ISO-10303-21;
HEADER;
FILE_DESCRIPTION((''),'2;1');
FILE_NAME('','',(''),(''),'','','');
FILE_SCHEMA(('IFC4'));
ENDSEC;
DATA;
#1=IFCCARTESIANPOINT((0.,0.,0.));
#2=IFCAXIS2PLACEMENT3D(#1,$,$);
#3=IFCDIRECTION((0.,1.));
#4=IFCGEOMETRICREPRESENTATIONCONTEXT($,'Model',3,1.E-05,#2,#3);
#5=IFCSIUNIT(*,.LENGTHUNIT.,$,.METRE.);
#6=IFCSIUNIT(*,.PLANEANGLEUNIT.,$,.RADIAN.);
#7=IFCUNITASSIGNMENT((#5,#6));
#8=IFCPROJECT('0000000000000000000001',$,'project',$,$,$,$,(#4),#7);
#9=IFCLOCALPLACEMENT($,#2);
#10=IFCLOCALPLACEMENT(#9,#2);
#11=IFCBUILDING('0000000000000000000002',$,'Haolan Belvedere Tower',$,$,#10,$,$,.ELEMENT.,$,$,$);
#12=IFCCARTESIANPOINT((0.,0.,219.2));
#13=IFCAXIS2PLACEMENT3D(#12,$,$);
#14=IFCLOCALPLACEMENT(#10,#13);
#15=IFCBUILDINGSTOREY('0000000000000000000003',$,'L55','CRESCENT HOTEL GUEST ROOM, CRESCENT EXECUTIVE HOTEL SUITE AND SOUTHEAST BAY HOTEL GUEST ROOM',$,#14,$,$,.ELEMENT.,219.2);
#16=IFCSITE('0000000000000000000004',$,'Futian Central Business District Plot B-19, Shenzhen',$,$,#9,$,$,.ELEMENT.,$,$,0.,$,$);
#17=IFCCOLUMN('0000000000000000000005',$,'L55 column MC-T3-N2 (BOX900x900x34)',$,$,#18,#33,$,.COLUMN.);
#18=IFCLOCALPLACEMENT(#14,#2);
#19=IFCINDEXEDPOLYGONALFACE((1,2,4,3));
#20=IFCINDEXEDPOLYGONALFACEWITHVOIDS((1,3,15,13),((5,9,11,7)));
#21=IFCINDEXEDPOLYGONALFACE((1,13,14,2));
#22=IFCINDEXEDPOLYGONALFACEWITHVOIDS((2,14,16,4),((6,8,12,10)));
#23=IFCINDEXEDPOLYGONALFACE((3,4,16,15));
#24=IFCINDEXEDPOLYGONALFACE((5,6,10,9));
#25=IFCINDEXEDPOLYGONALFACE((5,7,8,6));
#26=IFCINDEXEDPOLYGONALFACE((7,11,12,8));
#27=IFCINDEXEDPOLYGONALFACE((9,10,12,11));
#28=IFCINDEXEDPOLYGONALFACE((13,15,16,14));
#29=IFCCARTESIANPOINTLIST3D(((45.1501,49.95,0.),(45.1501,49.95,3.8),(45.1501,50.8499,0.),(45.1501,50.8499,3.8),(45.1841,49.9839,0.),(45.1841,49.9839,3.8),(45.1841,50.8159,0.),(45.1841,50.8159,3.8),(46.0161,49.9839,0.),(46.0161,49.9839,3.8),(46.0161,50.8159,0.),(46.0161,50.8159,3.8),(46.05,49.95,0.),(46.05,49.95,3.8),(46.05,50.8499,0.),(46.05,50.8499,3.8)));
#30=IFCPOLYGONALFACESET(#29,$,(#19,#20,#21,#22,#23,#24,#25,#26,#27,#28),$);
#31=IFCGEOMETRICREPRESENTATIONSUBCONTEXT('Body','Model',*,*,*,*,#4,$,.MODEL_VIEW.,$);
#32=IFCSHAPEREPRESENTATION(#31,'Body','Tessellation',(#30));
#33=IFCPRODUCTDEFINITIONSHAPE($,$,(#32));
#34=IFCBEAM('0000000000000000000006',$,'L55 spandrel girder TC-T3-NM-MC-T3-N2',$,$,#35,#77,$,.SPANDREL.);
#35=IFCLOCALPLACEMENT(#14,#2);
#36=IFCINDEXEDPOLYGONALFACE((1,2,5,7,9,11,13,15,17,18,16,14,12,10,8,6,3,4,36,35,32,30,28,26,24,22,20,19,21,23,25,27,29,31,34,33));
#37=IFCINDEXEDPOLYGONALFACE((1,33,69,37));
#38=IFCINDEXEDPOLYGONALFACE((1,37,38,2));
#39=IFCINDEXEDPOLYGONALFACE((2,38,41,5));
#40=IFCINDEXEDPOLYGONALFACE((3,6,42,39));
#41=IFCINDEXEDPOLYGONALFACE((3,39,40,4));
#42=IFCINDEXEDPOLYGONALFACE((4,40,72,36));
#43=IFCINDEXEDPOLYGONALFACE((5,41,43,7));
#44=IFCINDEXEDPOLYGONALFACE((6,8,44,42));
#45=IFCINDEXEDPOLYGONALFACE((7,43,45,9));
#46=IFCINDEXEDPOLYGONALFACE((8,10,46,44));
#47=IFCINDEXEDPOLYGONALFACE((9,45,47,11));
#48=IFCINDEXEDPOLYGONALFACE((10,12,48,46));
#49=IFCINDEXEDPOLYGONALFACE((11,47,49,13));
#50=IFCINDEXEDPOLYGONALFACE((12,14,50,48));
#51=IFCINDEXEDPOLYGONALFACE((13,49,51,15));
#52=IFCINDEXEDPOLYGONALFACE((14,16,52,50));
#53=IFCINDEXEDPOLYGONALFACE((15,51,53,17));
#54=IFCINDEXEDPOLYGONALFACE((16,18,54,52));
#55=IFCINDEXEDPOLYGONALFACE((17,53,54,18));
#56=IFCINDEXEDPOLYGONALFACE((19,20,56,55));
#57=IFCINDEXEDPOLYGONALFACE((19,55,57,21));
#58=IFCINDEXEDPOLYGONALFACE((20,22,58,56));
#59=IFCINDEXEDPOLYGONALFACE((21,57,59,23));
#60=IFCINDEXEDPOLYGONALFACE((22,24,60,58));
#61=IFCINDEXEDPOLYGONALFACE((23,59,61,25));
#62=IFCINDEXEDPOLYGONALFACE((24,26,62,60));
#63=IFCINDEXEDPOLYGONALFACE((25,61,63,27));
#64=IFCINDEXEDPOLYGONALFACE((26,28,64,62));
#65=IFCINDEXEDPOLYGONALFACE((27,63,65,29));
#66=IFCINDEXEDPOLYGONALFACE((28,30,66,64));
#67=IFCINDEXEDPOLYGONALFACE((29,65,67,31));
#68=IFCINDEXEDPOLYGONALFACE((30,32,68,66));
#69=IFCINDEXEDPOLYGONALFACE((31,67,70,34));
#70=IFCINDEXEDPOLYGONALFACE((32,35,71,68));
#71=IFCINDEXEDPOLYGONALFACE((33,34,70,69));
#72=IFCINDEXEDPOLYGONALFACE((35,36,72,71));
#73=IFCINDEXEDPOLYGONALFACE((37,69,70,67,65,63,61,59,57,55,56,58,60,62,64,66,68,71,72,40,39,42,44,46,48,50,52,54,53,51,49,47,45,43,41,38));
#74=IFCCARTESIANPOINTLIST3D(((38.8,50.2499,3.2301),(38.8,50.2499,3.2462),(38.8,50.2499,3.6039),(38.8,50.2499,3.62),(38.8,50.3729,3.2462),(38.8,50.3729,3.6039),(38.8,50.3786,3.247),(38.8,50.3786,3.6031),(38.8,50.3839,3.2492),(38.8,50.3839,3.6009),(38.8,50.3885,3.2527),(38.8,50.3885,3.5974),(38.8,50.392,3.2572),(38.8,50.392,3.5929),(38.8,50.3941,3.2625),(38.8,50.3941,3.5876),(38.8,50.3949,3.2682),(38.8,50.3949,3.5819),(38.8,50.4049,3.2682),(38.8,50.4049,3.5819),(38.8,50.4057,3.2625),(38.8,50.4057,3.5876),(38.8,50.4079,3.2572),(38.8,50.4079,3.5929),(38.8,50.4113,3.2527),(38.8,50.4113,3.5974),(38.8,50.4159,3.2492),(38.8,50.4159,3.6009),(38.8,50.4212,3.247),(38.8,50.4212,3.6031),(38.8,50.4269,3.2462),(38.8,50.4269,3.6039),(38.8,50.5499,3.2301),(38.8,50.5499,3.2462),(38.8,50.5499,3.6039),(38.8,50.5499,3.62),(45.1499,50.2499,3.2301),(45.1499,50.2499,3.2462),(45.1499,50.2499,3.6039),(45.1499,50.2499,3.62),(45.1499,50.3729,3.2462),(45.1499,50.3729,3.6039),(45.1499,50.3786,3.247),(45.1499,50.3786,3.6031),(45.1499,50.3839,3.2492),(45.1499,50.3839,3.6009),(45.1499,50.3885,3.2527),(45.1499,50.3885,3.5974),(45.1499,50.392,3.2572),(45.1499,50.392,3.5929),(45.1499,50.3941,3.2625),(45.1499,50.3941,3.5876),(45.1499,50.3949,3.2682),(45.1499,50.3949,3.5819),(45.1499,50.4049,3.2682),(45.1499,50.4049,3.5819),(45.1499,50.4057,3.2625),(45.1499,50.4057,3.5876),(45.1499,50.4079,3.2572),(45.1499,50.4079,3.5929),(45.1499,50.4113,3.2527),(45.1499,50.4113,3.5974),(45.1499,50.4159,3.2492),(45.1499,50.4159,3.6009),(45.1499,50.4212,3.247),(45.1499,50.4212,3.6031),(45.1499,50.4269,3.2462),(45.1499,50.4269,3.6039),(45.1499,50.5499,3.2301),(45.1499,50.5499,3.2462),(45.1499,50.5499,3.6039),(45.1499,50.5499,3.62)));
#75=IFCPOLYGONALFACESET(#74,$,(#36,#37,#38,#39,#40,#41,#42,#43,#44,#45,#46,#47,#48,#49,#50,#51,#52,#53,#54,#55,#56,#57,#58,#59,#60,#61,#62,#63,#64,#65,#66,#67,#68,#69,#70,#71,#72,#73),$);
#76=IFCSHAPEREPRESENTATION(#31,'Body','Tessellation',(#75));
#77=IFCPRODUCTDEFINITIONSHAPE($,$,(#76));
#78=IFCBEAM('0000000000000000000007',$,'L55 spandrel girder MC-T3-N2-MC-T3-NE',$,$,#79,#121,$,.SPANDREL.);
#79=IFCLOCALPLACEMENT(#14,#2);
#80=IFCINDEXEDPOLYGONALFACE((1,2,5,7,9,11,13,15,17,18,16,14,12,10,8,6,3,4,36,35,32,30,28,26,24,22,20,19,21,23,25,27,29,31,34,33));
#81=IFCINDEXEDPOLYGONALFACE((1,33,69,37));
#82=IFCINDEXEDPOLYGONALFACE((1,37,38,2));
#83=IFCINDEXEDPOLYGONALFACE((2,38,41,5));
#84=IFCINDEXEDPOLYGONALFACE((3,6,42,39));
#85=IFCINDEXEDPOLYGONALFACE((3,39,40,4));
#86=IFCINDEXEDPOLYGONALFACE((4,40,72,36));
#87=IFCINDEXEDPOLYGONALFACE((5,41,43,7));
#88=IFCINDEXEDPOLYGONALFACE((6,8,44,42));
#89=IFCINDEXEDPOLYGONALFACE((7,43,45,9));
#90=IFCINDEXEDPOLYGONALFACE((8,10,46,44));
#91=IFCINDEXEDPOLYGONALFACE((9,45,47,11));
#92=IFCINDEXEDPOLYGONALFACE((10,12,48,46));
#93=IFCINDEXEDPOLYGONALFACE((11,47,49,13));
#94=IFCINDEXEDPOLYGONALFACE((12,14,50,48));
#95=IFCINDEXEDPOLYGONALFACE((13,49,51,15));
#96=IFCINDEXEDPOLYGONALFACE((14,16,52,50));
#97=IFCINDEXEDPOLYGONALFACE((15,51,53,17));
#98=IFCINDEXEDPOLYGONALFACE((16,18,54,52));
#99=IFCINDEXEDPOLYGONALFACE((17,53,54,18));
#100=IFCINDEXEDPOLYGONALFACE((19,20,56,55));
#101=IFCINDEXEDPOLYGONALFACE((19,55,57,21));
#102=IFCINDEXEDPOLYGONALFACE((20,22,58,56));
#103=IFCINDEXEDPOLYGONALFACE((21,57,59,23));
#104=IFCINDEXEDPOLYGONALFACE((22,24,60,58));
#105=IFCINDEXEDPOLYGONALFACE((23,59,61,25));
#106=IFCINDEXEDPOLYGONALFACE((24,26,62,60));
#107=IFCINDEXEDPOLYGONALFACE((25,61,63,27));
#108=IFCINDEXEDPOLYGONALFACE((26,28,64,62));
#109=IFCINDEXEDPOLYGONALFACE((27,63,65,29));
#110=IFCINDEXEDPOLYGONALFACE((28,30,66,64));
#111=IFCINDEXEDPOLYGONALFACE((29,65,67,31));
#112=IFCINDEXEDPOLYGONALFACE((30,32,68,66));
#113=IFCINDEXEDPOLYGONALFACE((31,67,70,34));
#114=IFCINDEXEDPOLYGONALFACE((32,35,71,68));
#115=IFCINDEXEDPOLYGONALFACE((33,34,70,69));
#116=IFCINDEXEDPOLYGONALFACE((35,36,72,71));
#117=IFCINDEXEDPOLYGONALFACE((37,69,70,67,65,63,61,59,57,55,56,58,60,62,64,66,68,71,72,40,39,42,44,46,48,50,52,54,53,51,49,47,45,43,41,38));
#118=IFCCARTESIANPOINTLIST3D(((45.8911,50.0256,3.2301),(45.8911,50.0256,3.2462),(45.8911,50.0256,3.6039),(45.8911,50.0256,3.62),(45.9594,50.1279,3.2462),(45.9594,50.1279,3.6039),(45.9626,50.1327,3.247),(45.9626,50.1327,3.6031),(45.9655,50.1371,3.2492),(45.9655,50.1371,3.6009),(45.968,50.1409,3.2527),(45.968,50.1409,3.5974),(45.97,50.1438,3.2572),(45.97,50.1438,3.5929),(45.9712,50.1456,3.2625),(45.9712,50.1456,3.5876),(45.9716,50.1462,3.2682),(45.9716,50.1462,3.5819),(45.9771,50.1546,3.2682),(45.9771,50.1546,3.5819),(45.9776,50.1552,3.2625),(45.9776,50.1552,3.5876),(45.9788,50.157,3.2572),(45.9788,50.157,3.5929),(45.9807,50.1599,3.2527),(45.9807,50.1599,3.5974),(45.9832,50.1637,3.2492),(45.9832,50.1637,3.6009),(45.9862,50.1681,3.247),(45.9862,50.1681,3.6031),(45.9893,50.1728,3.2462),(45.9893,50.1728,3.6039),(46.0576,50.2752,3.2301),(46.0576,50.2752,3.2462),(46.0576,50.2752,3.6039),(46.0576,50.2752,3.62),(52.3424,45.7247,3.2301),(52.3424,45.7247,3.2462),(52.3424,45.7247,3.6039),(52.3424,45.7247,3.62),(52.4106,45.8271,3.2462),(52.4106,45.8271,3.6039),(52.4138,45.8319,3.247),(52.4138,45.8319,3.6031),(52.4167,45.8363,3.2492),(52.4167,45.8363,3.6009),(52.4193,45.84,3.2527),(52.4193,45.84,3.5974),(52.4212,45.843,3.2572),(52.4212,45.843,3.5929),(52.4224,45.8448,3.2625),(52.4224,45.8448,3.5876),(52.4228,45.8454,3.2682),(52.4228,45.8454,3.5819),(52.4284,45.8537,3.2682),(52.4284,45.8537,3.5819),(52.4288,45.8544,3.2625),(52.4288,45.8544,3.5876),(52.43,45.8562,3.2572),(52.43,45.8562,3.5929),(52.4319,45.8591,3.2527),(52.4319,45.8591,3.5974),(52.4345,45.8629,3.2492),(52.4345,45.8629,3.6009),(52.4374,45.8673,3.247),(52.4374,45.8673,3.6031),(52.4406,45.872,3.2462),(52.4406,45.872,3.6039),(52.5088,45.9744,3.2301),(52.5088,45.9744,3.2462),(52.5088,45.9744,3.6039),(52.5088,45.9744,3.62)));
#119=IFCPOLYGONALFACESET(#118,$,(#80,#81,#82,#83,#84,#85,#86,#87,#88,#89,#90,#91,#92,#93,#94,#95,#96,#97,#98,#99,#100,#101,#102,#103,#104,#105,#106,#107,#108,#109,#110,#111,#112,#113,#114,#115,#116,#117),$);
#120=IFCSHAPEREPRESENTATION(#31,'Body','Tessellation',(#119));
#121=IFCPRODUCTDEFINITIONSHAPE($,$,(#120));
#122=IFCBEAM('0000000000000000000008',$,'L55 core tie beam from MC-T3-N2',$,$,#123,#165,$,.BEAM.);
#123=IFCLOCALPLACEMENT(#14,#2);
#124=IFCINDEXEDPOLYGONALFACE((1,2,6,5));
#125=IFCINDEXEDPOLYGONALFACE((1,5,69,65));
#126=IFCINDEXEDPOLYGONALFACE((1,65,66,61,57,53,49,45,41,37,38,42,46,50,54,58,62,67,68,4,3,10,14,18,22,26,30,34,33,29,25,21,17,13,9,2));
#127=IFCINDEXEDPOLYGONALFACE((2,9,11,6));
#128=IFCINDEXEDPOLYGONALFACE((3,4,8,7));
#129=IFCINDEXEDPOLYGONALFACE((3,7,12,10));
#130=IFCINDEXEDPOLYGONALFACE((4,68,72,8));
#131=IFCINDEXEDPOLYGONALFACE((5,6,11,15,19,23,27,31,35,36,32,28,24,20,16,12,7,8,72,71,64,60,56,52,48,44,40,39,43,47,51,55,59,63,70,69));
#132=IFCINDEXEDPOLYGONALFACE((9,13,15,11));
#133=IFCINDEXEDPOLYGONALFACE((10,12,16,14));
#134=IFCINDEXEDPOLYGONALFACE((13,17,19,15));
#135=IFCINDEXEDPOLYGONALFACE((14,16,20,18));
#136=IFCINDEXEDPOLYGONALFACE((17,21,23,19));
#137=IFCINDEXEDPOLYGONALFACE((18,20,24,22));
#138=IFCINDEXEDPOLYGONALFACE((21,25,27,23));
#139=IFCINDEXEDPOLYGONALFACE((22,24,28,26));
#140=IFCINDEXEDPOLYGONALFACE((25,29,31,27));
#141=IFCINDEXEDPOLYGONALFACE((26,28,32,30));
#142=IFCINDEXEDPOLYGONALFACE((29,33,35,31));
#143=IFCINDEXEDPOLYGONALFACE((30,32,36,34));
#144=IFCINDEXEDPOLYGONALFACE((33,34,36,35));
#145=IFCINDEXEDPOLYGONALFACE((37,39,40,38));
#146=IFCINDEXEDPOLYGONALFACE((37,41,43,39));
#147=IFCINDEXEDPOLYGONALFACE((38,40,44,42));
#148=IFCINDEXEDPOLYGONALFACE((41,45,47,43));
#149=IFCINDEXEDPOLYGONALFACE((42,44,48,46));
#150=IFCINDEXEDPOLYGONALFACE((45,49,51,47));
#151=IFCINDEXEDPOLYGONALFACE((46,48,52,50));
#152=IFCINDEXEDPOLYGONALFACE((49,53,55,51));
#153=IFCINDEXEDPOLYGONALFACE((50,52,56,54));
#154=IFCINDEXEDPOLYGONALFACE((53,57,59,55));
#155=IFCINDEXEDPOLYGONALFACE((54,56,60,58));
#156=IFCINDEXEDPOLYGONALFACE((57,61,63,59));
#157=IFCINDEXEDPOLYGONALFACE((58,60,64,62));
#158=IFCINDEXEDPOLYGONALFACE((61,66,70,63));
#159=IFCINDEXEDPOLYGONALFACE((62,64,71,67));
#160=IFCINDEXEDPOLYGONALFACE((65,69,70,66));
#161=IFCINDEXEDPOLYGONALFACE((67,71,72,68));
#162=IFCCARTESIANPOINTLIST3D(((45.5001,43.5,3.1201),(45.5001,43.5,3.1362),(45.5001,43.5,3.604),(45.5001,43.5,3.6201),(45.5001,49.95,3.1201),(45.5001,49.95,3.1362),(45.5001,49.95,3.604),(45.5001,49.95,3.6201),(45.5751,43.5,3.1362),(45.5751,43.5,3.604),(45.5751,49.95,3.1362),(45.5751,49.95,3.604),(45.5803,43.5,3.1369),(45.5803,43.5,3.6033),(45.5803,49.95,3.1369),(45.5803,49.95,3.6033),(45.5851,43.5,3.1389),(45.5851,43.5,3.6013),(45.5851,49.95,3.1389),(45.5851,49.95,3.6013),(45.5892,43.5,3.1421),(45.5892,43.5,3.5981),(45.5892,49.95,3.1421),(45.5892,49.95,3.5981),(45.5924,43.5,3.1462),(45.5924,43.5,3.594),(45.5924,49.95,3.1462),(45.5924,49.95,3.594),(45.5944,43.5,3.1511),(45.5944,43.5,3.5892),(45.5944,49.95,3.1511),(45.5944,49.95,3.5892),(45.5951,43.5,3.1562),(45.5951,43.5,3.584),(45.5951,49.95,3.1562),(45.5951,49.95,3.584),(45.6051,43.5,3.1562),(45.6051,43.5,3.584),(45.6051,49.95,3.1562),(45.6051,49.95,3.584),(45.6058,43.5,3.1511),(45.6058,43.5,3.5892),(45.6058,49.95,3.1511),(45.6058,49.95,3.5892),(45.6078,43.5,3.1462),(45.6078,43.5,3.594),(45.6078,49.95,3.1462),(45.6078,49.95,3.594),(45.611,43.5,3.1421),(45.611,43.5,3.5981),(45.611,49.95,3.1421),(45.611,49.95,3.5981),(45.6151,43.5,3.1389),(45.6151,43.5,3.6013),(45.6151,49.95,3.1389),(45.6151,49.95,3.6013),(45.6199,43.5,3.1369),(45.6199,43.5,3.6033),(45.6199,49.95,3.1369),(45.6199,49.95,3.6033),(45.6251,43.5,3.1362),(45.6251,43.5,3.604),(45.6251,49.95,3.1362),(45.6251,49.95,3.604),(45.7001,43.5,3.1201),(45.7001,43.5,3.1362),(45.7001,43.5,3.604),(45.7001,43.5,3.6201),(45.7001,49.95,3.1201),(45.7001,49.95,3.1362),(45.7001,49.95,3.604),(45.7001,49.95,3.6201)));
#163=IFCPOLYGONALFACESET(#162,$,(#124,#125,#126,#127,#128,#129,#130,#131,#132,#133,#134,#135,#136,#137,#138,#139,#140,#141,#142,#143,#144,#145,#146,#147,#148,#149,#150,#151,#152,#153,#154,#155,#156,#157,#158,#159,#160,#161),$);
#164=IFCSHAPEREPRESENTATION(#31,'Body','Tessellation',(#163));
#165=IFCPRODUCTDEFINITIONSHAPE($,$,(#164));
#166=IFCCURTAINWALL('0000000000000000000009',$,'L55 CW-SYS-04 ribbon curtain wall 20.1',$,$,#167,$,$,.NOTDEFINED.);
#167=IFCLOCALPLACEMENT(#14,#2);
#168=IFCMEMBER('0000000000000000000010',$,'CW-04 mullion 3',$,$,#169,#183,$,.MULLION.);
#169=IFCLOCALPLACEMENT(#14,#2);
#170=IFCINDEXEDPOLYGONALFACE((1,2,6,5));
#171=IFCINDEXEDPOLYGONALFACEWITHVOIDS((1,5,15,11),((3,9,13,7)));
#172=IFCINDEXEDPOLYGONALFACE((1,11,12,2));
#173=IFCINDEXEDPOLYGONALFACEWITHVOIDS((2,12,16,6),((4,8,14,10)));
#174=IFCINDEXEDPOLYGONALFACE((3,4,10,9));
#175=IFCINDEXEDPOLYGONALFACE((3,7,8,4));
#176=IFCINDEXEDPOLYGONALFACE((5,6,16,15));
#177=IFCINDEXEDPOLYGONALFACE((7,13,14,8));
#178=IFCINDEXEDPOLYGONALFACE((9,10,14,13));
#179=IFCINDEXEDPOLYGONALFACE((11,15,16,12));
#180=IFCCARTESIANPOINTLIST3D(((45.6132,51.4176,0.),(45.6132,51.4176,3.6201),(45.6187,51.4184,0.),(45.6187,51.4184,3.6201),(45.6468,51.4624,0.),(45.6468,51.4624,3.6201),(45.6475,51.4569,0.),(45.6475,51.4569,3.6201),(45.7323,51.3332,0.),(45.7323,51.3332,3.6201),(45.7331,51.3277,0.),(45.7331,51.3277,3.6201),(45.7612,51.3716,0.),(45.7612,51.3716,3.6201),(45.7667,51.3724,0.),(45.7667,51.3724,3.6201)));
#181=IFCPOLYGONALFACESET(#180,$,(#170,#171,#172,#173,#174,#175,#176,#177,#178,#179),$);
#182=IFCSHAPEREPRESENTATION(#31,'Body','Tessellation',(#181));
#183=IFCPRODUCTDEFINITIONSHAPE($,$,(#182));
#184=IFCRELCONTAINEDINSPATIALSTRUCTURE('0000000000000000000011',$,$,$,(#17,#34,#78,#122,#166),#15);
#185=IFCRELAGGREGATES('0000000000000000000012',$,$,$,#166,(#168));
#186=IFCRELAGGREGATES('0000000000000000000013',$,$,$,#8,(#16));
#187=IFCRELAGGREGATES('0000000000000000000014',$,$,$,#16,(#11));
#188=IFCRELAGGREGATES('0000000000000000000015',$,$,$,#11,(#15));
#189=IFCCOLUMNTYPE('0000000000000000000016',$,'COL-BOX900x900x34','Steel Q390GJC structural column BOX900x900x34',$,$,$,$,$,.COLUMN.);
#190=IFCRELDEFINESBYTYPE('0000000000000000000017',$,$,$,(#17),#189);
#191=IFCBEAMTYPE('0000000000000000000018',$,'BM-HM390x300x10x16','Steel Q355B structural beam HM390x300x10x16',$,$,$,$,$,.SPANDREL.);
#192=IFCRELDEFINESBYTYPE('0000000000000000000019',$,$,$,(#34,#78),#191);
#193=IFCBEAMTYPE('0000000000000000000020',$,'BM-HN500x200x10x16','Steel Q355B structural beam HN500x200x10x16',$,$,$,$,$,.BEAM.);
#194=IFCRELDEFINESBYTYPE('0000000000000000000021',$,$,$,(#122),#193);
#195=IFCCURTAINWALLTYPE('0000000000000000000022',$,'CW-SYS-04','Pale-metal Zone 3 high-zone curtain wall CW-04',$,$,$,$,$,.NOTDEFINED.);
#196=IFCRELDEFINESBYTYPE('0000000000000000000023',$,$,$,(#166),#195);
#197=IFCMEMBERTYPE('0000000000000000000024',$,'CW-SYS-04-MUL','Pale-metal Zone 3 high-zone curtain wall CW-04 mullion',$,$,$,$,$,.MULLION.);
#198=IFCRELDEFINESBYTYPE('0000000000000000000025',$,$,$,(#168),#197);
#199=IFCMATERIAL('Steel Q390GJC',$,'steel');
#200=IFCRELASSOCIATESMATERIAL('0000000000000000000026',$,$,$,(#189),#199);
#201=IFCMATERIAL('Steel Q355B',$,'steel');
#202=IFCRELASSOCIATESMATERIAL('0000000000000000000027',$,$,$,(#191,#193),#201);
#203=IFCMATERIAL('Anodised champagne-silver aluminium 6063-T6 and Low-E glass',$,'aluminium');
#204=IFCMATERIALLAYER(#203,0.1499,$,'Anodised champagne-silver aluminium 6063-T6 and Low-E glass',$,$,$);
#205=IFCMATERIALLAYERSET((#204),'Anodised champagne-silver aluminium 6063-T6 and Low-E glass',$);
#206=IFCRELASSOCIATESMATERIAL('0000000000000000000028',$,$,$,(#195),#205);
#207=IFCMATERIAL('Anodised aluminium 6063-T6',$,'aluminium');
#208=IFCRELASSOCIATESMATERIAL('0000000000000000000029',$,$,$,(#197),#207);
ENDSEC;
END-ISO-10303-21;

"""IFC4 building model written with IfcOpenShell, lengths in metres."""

from ifc_helpers import new_model, si_unit, direction, frame, origin, origin_2d, place, context, subcontext, project, spatial, hollow_rectangle, i_section, extrude, material, layer, layer_set, material_profile, profile_set, type_object, element, aggregate, save


model = new_model("IFC4")

# Units and contexts
model_context = context("Model", 3, precision=1e-05, world=origin(), true_north=direction((0.0, 1.0)))
body_context = subcontext(model_context, "Body", "Model", "MODEL_VIEW")
ifc_project = project(units=[si_unit("LENGTHUNIT", "METRE"), si_unit("PLANEANGLEUNIT", "RADIAN")], contexts=[model_context])

# Site, building, storey
site_placement = place(None, origin())
site = spatial("IfcSite", under=ifc_project, at=site_placement, Name="Futian Central Business District Plot B-19, Shenzhen", CompositionType="ELEMENT", RefElevation=0.0)
building_placement = place(site_placement, origin())
building = spatial("IfcBuilding", under=site, at=building_placement, Name="Haolan Belvedere Tower", CompositionType="ELEMENT")
storey_placement = place(building_placement, frame((0.0, 0.0, 219.2)))
storey = spatial("IfcBuildingStorey", under=building, at=storey_placement, Name="L55", Description="CRESCENT HOTEL GUEST ROOM, CRESCENT EXECUTIVE HOTEL SUITE AND SOUTHEAST BAY HOTEL GUEST ROOM", CompositionType="ELEMENT", Elevation=219.2)

# Column
ifc_material_1 = material(Name="Steel Q390GJC", Category="steel")
ifc_material_profile_1 = material_profile(ifc_material_1, hollow_rectangle(XDim=0.8999, YDim=0.8999, WallThickness=0.0339, at=origin_2d()), Name="Steel Q390GJC")
ifc_profile_set_1 = profile_set([ifc_material_profile_1], Name="Steel Q390GJC")
column_type = type_object("IfcColumnType", Name="COL-BOX900x900x34", Description="Steel Q390GJC structural column BOX900x900x34", PredefinedType="COLUMN", material=ifc_profile_set_1)
column_placement = place(storey_placement, frame((45.6001, 50.3999, 0.0), z_axis=(0.0, 0.0, 1.0), x_axis=(1.0, 0.0, 0.0)))
element("IfcColumn", 1, at=column_placement, inside=storey, type_object=column_type, Name="L55 column MC-T3-N2 (BOX900x900x34)", PredefinedType="COLUMN", context=body_context, shape_type="SweptSolid", body=[
    extrude(hollow_rectangle(XDim=0.8999, YDim=0.8999, WallThickness=0.0339, at=origin_2d()), origin(), (0.0, 0.0, 1.0), 3.8),
])

# Beams
ifc_material_2 = material(Name="Steel Q355B", Category="steel")
ifc_material_profile_2 = material_profile(ifc_material_2, i_section(OverallWidth=0.3, OverallDepth=0.3899, WebThickness=0.01, FlangeThickness=0.0161, FilletRadius=0.022, at=origin_2d()), Name="Steel Q355B")
ifc_profile_set_2 = profile_set([ifc_material_profile_2], Name="Steel Q355B")
beam_type_1 = type_object("IfcBeamType", Name="BM-HM390x300x10x16", Description="Steel Q355B structural beam HM390x300x10x16", PredefinedType="SPANDREL", material=ifc_profile_set_2)
beam_1_placement = place(storey_placement, frame((38.8, 50.3999, 3.425), z_axis=(1.0, 0.0, 0.0), x_axis=(0.0, 1.0, 0.0)))
element("IfcBeam", 2, at=beam_1_placement, inside=storey, type_object=beam_type_1, Name="L55 spandrel girder TC-T3-NM-MC-T3-N2", PredefinedType="SPANDREL", context=body_context, shape_type="SweptSolid", body=[
    extrude(i_section(OverallWidth=0.3, OverallDepth=0.3899, WebThickness=0.01, FlangeThickness=0.0161, FilletRadius=0.022, at=origin_2d()), origin(), (0.0, 0.0, 1.0), 6.3499),
])
beam_2_placement = place(storey_placement, frame((45.9744, 50.1504, 3.425), z_axis=(0.83205, -0.5547, 0.0), x_axis=(0.5547, 0.83205, 0.0)))
element("IfcBeam", 3, at=beam_2_placement, inside=storey, type_object=beam_type_1, Name="L55 spandrel girder MC-T3-N2-MC-T3-NE", PredefinedType="SPANDREL", context=body_context, shape_type="SweptSolid", body=[
    extrude(i_section(OverallWidth=0.3, OverallDepth=0.3899, WebThickness=0.01, FlangeThickness=0.0161, FilletRadius=0.022, at=origin_2d()), origin(), (0.0, 0.0, 1.0), 7.7534),
])
ifc_material_profile_3 = material_profile(ifc_material_2, i_section(OverallWidth=0.2, OverallDepth=0.5, WebThickness=0.01, FlangeThickness=0.0161, FilletRadius=0.02, at=origin_2d()), Name="Steel Q355B")
ifc_profile_set_3 = profile_set([ifc_material_profile_3], Name="Steel Q355B")
beam_type_2 = type_object("IfcBeamType", Name="BM-HN500x200x10x16", Description="Steel Q355B structural beam HN500x200x10x16", PredefinedType="BEAM", material=ifc_profile_set_3)
beam_3_placement = place(storey_placement, frame((45.6001, 49.95, 3.3701), z_axis=(0.0, -1.0, 0.0), x_axis=(1.0, 0.0, 0.0)))
element("IfcBeam", 4, at=beam_3_placement, inside=storey, type_object=beam_type_2, Name="L55 core tie beam from MC-T3-N2", PredefinedType="BEAM", context=body_context, shape_type="SweptSolid", body=[
    extrude(i_section(OverallWidth=0.2, OverallDepth=0.5, WebThickness=0.01, FlangeThickness=0.0161, FilletRadius=0.02, at=origin_2d()), origin(), (0.0, 0.0, 1.0), 6.45),
])

# Curtain wall, member
ifc_material_3 = material(Name="Anodised champagne-silver aluminium 6063-T6 and Low-E glass", Category="aluminium")
ifc_layer_1 = layer(ifc_material_3, 0.1499, Name="Anodised champagne-silver aluminium 6063-T6 and Low-E glass")
ifc_layer_set_1 = layer_set([ifc_layer_1], Name="Anodised champagne-silver aluminium 6063-T6 and Low-E glass")
curtain_wall_type = type_object("IfcCurtainWallType", Name="CW-SYS-04", Description="Pale-metal Zone 3 high-zone curtain wall CW-04", PredefinedType="NOTDEFINED", material=ifc_layer_set_1)
curtain_wall_1_placement = place(storey_placement, origin())
curtain_wall_1 = element("IfcCurtainWall", 5, at=curtain_wall_1_placement, inside=storey, type_object=curtain_wall_type, Name="L55 CW-SYS-04 ribbon curtain wall 20.1", PredefinedType="NOTDEFINED")
ifc_material_4 = material(Name="Anodised aluminium 6063-T6", Category="aluminium")
ifc_material_profile_4 = material_profile(ifc_material_4, hollow_rectangle(XDim=0.0559, YDim=0.1499, WallThickness=0.0039, at=origin_2d()), Name="Anodised aluminium 6063-T6")
ifc_profile_set_4 = profile_set([ifc_material_profile_4], Name="Anodised aluminium 6063-T6")
member_type_1 = type_object("IfcMemberType", Name="CW-SYS-04-MUL", Description="Pale-metal Zone 3 high-zone curtain wall CW-04 mullion", PredefinedType="MULLION", material=ifc_profile_set_4)
member_1_placement = place(storey_placement, frame((45.6899, 51.395, 0.0), z_axis=(0.0, 0.0, 1.0), x_axis=(-0.600003, -0.799998, 0.0)))
member_1 = element("IfcMember", 6, at=member_1_placement, type_object=member_type_1, Name="CW-04 mullion 3", PredefinedType="MULLION", context=body_context, shape_type="SweptSolid", body=[
    extrude(hollow_rectangle(XDim=0.0559, YDim=0.1499, WallThickness=0.0039, at=origin_2d()), origin(), (0.0, 0.0, 1.0), 3.6201),
])
aggregate(curtain_wall_1, [member_1])

save(model, "model.ifc")
